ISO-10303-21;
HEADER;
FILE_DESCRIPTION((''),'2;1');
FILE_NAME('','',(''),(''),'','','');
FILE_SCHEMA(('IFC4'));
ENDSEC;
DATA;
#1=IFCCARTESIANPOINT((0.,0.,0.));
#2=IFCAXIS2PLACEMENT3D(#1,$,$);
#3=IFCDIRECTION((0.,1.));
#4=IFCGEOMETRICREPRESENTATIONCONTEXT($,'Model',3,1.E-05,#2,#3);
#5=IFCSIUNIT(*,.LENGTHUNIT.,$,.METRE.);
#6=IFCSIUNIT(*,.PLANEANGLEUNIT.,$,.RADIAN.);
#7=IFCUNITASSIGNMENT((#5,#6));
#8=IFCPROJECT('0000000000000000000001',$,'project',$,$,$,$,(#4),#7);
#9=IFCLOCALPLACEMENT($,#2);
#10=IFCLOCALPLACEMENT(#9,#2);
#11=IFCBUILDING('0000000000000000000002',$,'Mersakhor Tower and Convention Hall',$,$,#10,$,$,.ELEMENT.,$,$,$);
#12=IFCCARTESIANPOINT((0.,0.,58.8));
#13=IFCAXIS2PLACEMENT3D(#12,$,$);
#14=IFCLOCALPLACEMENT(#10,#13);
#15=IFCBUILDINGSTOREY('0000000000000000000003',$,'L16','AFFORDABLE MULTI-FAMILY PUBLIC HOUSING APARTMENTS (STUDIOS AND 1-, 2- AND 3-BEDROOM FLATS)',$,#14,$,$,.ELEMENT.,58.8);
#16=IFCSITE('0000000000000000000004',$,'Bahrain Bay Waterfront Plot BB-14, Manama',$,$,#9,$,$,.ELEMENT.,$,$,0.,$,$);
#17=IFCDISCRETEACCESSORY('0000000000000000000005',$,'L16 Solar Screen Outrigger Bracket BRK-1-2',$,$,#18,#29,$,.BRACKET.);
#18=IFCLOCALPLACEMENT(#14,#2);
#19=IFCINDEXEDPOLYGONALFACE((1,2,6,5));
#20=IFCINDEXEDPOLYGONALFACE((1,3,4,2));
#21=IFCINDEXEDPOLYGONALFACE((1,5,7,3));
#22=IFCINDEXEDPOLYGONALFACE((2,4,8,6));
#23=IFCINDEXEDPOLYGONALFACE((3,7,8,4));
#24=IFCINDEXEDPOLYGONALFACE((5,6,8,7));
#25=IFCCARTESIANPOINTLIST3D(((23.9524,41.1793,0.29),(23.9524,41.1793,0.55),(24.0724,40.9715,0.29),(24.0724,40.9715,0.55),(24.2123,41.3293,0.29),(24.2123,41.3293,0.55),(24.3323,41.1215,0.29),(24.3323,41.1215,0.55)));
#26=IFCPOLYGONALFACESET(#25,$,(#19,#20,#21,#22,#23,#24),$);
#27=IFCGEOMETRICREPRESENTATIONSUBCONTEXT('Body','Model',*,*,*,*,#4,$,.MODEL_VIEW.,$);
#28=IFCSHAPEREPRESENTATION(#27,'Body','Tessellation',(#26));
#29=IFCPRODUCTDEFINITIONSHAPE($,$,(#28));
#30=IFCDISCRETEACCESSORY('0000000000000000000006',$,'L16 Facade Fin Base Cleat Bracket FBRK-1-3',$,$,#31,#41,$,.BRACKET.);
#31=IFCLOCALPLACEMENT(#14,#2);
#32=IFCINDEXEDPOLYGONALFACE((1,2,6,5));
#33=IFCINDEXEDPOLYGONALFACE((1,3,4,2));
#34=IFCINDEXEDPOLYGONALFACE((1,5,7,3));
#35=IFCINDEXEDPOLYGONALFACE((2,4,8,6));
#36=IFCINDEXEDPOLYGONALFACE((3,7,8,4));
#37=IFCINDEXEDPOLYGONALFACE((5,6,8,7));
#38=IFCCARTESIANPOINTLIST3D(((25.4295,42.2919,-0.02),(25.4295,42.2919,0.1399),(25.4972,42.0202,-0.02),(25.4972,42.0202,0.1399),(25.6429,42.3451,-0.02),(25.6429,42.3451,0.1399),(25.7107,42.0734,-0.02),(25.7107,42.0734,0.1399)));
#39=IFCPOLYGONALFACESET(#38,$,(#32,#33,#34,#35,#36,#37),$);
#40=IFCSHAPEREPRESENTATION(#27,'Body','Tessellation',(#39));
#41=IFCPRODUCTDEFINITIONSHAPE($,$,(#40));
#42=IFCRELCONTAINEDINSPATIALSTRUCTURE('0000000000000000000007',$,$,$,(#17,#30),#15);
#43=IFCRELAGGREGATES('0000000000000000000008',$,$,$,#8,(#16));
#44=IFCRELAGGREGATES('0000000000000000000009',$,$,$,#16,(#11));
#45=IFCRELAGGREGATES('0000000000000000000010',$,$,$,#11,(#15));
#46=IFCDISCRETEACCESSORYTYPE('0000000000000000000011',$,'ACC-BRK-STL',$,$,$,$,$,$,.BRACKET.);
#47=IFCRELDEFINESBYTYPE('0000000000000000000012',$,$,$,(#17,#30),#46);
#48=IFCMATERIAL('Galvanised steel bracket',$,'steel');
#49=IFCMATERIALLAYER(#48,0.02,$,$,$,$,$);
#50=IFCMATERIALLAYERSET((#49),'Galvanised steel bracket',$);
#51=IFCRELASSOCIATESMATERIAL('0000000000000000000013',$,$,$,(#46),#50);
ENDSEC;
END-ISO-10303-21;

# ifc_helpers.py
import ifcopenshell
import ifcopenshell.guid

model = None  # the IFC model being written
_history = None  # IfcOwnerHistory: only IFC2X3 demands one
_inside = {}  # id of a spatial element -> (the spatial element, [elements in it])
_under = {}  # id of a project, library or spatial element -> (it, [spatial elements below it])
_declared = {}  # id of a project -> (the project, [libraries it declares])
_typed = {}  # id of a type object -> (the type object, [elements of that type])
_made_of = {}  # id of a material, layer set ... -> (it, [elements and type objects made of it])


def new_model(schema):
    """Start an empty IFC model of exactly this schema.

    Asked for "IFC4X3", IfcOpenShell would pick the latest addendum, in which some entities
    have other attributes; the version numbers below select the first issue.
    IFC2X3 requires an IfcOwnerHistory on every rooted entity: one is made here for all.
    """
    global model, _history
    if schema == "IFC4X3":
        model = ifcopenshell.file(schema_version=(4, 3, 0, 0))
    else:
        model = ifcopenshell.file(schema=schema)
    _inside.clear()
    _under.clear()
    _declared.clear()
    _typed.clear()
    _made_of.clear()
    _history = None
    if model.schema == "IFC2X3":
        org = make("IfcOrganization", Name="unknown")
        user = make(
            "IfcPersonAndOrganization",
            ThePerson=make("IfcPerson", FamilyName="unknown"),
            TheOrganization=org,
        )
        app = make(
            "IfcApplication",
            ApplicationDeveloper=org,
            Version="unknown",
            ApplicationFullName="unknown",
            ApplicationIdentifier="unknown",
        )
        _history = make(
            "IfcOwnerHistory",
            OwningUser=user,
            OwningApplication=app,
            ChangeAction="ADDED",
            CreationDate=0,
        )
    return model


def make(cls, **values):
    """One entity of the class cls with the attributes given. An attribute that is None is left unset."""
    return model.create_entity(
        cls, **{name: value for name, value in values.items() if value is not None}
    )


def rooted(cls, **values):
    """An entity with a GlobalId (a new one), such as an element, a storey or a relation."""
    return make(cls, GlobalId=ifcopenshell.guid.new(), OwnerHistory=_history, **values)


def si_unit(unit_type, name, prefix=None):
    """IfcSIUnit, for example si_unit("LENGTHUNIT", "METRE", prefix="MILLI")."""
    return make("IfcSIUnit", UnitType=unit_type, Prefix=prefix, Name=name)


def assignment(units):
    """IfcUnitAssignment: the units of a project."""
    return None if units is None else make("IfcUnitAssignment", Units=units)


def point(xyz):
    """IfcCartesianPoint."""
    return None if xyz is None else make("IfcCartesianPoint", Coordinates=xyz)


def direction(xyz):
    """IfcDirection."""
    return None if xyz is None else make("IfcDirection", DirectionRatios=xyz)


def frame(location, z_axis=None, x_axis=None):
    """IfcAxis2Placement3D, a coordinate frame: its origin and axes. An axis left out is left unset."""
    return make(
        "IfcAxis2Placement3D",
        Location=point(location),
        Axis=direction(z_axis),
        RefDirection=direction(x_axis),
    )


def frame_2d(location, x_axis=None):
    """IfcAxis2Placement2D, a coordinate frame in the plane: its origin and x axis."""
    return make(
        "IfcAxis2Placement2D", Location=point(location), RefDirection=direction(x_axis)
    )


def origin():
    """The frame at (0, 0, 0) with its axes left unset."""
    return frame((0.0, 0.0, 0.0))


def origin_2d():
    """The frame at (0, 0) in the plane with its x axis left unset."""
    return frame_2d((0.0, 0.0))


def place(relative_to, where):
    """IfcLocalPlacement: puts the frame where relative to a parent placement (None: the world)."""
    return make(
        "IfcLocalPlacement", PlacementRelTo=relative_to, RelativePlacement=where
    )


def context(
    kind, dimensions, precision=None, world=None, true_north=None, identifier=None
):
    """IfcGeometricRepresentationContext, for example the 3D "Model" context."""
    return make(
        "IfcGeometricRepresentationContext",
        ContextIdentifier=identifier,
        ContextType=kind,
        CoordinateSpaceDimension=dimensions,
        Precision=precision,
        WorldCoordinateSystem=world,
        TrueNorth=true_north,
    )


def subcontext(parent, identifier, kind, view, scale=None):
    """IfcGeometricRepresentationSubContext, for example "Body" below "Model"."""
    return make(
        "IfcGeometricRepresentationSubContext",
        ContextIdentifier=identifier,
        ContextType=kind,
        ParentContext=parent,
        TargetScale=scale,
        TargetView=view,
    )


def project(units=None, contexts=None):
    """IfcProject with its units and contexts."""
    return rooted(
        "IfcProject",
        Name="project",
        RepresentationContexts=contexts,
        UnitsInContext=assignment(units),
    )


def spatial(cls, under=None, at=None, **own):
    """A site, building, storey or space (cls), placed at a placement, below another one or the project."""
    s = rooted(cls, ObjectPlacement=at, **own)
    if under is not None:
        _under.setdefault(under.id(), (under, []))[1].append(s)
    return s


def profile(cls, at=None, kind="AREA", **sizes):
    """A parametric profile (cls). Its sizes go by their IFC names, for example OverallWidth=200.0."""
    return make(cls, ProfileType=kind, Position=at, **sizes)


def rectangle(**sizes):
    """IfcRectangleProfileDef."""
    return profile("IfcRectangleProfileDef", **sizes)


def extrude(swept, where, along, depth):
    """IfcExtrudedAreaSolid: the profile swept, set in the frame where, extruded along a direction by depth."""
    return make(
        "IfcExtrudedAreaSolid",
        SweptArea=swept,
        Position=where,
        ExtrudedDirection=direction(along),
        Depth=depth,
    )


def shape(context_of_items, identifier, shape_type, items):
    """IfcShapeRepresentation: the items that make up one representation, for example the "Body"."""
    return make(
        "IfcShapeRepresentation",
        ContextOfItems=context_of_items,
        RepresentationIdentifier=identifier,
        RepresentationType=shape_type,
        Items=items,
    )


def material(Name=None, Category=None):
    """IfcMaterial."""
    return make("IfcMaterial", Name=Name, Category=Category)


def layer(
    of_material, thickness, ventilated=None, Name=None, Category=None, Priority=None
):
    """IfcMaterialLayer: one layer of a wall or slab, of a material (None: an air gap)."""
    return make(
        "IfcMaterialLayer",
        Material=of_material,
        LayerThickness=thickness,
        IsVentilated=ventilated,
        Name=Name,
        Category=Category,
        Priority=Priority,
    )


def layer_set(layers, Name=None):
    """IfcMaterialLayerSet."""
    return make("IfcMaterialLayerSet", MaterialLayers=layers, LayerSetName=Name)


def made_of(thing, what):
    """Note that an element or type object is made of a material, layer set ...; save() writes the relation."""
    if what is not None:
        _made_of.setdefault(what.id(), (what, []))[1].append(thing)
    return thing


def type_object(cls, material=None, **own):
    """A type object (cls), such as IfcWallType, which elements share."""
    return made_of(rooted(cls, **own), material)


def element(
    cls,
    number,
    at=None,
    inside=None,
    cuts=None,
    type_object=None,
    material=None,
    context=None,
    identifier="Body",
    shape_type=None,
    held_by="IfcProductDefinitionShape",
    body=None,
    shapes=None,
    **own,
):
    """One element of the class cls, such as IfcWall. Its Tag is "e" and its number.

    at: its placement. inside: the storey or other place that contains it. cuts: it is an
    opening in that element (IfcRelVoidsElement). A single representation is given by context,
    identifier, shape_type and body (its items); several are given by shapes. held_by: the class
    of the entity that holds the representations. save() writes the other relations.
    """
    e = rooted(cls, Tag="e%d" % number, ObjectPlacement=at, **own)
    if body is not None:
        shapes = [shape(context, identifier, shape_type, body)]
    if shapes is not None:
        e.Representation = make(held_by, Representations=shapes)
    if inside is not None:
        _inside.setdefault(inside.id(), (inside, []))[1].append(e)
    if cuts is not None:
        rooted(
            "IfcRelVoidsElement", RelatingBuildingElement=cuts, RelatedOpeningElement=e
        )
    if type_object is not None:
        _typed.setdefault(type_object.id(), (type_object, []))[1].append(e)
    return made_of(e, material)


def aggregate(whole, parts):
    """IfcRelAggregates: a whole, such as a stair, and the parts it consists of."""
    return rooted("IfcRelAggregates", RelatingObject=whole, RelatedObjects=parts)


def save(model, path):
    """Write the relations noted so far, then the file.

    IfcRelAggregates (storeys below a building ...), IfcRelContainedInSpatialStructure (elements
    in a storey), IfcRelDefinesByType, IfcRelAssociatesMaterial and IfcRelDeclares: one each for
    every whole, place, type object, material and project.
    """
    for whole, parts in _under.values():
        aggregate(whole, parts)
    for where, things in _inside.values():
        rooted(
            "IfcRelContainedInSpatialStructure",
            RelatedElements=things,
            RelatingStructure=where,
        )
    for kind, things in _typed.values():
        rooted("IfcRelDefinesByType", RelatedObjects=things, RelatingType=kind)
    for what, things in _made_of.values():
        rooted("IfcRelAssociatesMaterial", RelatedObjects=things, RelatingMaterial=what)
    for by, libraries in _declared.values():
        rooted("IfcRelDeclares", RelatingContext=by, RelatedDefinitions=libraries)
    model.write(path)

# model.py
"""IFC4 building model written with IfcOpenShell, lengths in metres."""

from ifc_helpers import new_model, si_unit, direction, frame, origin, origin_2d, place, context, subcontext, project, spatial, rectangle, extrude, material, layer, layer_set, type_object, element, save


model = new_model("IFC4")

# Units and contexts
model_context = context("Model", 3, precision=1e-05, world=origin(), true_north=direction((0.0, 1.0)))
body_context = subcontext(model_context, "Body", "Model", "MODEL_VIEW")
ifc_project = project(units=[si_unit("LENGTHUNIT", "METRE"), si_unit("PLANEANGLEUNIT", "RADIAN")], contexts=[model_context])

# Site, building, storey
site_placement = place(None, origin())
site = spatial("IfcSite", under=ifc_project, at=site_placement, Name="Bahrain Bay Waterfront Plot BB-14, Manama", CompositionType="ELEMENT", RefElevation=0.0)
building_placement = place(site_placement, origin())
building = spatial("IfcBuilding", under=site, at=building_placement, Name="Mersakhor Tower and Convention Hall", CompositionType="ELEMENT")
storey_placement = place(building_placement, frame((0.0, 0.0, 58.8)))
storey = spatial("IfcBuildingStorey", under=building, at=storey_placement, Name="L16", Description="AFFORDABLE MULTI-FAMILY PUBLIC HOUSING APARTMENTS (STUDIOS AND 1-, 2- AND 3-BEDROOM FLATS)", CompositionType="ELEMENT", Elevation=58.8)

# Discrete accessories
ifc_material_1 = material(Name="Galvanised steel bracket", Category="steel")
ifc_layer_1 = layer(ifc_material_1, 0.02)
ifc_layer_set_1 = layer_set([ifc_layer_1], Name="Galvanised steel bracket")
discrete_accessory_type = type_object("IfcDiscreteAccessoryType", Name="ACC-BRK-STL", PredefinedType="BRACKET", material=ifc_layer_set_1)
discrete_accessory_1_placement = place(storey_placement, frame((24.1423, 41.1504, 0.29), z_axis=(0.0, 0.0, 1.0), x_axis=(0.866025, 0.5, 0.0)))
element("IfcDiscreteAccessory", 1, at=discrete_accessory_1_placement, inside=storey, type_object=discrete_accessory_type, Name="L16 Solar Screen Outrigger Bracket BRK-1-2", PredefinedType="BRACKET", context=body_context, shape_type="SweptSolid", body=[
    extrude(rectangle(XDim=0.3, YDim=0.24, at=origin_2d()), origin(), (0.0, 0.0, 1.0), 0.26),
])
discrete_accessory_2_placement = place(storey_placement, frame((25.5701, 42.1826, -0.02), z_axis=(0.0, 0.0, 1.0), x_axis=(-0.241922, 0.970296, 0.0)))
element("IfcDiscreteAccessory", 2, at=discrete_accessory_2_placement, inside=storey, type_object=discrete_accessory_type, Name="L16 Facade Fin Base Cleat Bracket FBRK-1-3", PredefinedType="BRACKET", context=body_context, shape_type="SweptSolid", body=[
    extrude(rectangle(XDim=0.28, YDim=0.22, at=origin_2d()), origin(), (0.0, 0.0, 1.0), 0.1599),
])

save(model, "model.ifc")
